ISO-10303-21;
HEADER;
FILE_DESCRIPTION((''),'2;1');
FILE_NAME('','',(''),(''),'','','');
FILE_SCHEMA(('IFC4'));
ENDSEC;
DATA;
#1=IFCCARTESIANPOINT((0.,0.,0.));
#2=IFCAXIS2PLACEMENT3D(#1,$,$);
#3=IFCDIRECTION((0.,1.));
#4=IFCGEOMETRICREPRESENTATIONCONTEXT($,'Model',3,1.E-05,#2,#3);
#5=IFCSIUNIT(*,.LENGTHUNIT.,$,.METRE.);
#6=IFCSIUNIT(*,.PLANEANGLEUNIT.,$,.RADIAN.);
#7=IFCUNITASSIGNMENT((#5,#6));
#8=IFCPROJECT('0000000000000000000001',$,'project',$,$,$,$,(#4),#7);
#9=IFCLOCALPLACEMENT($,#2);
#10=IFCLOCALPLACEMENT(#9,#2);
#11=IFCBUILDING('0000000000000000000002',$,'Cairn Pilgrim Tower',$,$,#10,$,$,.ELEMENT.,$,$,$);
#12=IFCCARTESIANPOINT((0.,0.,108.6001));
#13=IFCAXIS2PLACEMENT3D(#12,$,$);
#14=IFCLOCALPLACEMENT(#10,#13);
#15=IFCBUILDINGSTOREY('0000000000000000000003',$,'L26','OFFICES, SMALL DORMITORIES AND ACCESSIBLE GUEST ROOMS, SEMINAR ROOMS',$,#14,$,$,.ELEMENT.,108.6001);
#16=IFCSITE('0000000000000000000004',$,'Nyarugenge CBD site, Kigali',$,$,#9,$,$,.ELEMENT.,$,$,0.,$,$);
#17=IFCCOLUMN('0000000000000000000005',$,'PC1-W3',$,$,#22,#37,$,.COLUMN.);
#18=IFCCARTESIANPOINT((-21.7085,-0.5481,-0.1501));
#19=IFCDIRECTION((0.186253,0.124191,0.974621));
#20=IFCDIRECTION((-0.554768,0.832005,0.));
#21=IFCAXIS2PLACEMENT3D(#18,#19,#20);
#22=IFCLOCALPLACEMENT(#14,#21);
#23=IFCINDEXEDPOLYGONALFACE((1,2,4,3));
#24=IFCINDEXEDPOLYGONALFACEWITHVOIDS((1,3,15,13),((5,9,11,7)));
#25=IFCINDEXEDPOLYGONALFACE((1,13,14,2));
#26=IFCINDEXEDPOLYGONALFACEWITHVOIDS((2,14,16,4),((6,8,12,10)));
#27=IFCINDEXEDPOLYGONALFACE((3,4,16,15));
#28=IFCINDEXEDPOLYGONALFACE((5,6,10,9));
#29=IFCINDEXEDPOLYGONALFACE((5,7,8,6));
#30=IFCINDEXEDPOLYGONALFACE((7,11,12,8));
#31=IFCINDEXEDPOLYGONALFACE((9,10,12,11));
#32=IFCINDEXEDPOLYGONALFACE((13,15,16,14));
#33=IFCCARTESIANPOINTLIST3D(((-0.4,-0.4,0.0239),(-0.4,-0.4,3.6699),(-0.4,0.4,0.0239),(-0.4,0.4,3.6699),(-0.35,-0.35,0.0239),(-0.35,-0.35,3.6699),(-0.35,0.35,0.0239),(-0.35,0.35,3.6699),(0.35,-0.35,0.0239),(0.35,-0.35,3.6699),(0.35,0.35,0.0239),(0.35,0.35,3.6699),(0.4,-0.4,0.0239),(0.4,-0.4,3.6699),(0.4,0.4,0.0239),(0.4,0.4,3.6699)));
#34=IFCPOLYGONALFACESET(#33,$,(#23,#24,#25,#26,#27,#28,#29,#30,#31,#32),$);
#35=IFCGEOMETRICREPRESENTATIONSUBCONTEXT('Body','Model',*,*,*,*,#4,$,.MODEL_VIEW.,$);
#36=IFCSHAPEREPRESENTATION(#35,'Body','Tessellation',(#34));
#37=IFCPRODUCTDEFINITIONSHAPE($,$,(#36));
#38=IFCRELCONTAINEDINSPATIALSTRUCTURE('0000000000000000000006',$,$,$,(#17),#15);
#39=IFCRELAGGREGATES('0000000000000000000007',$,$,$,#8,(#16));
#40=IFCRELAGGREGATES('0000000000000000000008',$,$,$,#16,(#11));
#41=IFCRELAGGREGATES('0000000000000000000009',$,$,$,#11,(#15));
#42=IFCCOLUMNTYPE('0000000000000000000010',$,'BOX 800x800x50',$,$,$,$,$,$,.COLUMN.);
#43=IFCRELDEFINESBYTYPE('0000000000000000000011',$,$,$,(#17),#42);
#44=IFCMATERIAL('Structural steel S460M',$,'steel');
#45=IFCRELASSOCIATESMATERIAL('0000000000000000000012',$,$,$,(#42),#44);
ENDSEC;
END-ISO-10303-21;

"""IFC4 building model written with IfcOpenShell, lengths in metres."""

from ifc_helpers import new_model, si_unit, direction, frame, origin, origin_2d, place, context, subcontext, project, spatial, hollow_rectangle, extrude, clip, halfspace, material, material_profile, profile_set, type_object, element, save


model = new_model("IFC4")

# Units and contexts
model_context = context("Model", 3, precision=1e-05, world=origin(), true_north=direction((0.0, 1.0)))
body_context = subcontext(model_context, "Body", "Model", "MODEL_VIEW")
ifc_project = project(units=[si_unit("LENGTHUNIT", "METRE"), si_unit("PLANEANGLEUNIT", "RADIAN")], contexts=[model_context])

# Site, building, storey
site_placement = place(None, origin())
site = spatial("IfcSite", under=ifc_project, at=site_placement, Name="Nyarugenge CBD site, Kigali", CompositionType="ELEMENT", RefElevation=0.0)
building_placement = place(site_placement, origin())
building = spatial("IfcBuilding", under=site, at=building_placement, Name="Cairn Pilgrim Tower", CompositionType="ELEMENT")
storey_placement = place(building_placement, frame((0.0, 0.0, 108.6001)))
storey = spatial("IfcBuildingStorey", under=building, at=storey_placement, Name="L26", Description="OFFICES, SMALL DORMITORIES AND ACCESSIBLE GUEST ROOMS, SEMINAR ROOMS", CompositionType="ELEMENT", Elevation=108.6001)

# Column
ifc_material_1 = material(Name="Structural steel S460M", Category="steel")
ifc_material_profile_1 = material_profile(ifc_material_1, hollow_rectangle(XDim=0.8, YDim=0.8, WallThickness=0.05, at=origin_2d()), Name="BOX 800x800x50")
ifc_profile_set_1 = profile_set([ifc_material_profile_1], Name="Structural steel S460M")
column_type_1 = type_object("IfcColumnType", Name="BOX 800x800x50", PredefinedType="COLUMN", material=ifc_profile_set_1)
column_placement = place(storey_placement, frame((-21.7085, -0.5481, -0.1501), z_axis=(0.186253, 0.124191, 0.974621), x_axis=(-0.554768, 0.832005, 0.0)))
element("IfcColumn", 1, at=column_placement, inside=storey, type_object=column_type_1, Name="PC1-W3", PredefinedType="COLUMN", context=body_context, shape_type="Clipping", body=[
    clip(clip(extrude(hollow_rectangle(XDim=0.8, YDim=0.8, WallThickness=0.05, at=origin_2d()), origin(), (0.0, 0.0, 1.0), 3.6938), halfspace(frame((0.0, 0.0, 0.0239), z_axis=(0.0, 0.0, 1.0), x_axis=(1.0, 0.0, 0.0)), True)), halfspace(frame((0.0, 0.0, 3.6699), z_axis=(0.0, 0.0, 1.0), x_axis=(1.0, 0.0, 0.0)), False)),
])

save(model, "model.ifc")
